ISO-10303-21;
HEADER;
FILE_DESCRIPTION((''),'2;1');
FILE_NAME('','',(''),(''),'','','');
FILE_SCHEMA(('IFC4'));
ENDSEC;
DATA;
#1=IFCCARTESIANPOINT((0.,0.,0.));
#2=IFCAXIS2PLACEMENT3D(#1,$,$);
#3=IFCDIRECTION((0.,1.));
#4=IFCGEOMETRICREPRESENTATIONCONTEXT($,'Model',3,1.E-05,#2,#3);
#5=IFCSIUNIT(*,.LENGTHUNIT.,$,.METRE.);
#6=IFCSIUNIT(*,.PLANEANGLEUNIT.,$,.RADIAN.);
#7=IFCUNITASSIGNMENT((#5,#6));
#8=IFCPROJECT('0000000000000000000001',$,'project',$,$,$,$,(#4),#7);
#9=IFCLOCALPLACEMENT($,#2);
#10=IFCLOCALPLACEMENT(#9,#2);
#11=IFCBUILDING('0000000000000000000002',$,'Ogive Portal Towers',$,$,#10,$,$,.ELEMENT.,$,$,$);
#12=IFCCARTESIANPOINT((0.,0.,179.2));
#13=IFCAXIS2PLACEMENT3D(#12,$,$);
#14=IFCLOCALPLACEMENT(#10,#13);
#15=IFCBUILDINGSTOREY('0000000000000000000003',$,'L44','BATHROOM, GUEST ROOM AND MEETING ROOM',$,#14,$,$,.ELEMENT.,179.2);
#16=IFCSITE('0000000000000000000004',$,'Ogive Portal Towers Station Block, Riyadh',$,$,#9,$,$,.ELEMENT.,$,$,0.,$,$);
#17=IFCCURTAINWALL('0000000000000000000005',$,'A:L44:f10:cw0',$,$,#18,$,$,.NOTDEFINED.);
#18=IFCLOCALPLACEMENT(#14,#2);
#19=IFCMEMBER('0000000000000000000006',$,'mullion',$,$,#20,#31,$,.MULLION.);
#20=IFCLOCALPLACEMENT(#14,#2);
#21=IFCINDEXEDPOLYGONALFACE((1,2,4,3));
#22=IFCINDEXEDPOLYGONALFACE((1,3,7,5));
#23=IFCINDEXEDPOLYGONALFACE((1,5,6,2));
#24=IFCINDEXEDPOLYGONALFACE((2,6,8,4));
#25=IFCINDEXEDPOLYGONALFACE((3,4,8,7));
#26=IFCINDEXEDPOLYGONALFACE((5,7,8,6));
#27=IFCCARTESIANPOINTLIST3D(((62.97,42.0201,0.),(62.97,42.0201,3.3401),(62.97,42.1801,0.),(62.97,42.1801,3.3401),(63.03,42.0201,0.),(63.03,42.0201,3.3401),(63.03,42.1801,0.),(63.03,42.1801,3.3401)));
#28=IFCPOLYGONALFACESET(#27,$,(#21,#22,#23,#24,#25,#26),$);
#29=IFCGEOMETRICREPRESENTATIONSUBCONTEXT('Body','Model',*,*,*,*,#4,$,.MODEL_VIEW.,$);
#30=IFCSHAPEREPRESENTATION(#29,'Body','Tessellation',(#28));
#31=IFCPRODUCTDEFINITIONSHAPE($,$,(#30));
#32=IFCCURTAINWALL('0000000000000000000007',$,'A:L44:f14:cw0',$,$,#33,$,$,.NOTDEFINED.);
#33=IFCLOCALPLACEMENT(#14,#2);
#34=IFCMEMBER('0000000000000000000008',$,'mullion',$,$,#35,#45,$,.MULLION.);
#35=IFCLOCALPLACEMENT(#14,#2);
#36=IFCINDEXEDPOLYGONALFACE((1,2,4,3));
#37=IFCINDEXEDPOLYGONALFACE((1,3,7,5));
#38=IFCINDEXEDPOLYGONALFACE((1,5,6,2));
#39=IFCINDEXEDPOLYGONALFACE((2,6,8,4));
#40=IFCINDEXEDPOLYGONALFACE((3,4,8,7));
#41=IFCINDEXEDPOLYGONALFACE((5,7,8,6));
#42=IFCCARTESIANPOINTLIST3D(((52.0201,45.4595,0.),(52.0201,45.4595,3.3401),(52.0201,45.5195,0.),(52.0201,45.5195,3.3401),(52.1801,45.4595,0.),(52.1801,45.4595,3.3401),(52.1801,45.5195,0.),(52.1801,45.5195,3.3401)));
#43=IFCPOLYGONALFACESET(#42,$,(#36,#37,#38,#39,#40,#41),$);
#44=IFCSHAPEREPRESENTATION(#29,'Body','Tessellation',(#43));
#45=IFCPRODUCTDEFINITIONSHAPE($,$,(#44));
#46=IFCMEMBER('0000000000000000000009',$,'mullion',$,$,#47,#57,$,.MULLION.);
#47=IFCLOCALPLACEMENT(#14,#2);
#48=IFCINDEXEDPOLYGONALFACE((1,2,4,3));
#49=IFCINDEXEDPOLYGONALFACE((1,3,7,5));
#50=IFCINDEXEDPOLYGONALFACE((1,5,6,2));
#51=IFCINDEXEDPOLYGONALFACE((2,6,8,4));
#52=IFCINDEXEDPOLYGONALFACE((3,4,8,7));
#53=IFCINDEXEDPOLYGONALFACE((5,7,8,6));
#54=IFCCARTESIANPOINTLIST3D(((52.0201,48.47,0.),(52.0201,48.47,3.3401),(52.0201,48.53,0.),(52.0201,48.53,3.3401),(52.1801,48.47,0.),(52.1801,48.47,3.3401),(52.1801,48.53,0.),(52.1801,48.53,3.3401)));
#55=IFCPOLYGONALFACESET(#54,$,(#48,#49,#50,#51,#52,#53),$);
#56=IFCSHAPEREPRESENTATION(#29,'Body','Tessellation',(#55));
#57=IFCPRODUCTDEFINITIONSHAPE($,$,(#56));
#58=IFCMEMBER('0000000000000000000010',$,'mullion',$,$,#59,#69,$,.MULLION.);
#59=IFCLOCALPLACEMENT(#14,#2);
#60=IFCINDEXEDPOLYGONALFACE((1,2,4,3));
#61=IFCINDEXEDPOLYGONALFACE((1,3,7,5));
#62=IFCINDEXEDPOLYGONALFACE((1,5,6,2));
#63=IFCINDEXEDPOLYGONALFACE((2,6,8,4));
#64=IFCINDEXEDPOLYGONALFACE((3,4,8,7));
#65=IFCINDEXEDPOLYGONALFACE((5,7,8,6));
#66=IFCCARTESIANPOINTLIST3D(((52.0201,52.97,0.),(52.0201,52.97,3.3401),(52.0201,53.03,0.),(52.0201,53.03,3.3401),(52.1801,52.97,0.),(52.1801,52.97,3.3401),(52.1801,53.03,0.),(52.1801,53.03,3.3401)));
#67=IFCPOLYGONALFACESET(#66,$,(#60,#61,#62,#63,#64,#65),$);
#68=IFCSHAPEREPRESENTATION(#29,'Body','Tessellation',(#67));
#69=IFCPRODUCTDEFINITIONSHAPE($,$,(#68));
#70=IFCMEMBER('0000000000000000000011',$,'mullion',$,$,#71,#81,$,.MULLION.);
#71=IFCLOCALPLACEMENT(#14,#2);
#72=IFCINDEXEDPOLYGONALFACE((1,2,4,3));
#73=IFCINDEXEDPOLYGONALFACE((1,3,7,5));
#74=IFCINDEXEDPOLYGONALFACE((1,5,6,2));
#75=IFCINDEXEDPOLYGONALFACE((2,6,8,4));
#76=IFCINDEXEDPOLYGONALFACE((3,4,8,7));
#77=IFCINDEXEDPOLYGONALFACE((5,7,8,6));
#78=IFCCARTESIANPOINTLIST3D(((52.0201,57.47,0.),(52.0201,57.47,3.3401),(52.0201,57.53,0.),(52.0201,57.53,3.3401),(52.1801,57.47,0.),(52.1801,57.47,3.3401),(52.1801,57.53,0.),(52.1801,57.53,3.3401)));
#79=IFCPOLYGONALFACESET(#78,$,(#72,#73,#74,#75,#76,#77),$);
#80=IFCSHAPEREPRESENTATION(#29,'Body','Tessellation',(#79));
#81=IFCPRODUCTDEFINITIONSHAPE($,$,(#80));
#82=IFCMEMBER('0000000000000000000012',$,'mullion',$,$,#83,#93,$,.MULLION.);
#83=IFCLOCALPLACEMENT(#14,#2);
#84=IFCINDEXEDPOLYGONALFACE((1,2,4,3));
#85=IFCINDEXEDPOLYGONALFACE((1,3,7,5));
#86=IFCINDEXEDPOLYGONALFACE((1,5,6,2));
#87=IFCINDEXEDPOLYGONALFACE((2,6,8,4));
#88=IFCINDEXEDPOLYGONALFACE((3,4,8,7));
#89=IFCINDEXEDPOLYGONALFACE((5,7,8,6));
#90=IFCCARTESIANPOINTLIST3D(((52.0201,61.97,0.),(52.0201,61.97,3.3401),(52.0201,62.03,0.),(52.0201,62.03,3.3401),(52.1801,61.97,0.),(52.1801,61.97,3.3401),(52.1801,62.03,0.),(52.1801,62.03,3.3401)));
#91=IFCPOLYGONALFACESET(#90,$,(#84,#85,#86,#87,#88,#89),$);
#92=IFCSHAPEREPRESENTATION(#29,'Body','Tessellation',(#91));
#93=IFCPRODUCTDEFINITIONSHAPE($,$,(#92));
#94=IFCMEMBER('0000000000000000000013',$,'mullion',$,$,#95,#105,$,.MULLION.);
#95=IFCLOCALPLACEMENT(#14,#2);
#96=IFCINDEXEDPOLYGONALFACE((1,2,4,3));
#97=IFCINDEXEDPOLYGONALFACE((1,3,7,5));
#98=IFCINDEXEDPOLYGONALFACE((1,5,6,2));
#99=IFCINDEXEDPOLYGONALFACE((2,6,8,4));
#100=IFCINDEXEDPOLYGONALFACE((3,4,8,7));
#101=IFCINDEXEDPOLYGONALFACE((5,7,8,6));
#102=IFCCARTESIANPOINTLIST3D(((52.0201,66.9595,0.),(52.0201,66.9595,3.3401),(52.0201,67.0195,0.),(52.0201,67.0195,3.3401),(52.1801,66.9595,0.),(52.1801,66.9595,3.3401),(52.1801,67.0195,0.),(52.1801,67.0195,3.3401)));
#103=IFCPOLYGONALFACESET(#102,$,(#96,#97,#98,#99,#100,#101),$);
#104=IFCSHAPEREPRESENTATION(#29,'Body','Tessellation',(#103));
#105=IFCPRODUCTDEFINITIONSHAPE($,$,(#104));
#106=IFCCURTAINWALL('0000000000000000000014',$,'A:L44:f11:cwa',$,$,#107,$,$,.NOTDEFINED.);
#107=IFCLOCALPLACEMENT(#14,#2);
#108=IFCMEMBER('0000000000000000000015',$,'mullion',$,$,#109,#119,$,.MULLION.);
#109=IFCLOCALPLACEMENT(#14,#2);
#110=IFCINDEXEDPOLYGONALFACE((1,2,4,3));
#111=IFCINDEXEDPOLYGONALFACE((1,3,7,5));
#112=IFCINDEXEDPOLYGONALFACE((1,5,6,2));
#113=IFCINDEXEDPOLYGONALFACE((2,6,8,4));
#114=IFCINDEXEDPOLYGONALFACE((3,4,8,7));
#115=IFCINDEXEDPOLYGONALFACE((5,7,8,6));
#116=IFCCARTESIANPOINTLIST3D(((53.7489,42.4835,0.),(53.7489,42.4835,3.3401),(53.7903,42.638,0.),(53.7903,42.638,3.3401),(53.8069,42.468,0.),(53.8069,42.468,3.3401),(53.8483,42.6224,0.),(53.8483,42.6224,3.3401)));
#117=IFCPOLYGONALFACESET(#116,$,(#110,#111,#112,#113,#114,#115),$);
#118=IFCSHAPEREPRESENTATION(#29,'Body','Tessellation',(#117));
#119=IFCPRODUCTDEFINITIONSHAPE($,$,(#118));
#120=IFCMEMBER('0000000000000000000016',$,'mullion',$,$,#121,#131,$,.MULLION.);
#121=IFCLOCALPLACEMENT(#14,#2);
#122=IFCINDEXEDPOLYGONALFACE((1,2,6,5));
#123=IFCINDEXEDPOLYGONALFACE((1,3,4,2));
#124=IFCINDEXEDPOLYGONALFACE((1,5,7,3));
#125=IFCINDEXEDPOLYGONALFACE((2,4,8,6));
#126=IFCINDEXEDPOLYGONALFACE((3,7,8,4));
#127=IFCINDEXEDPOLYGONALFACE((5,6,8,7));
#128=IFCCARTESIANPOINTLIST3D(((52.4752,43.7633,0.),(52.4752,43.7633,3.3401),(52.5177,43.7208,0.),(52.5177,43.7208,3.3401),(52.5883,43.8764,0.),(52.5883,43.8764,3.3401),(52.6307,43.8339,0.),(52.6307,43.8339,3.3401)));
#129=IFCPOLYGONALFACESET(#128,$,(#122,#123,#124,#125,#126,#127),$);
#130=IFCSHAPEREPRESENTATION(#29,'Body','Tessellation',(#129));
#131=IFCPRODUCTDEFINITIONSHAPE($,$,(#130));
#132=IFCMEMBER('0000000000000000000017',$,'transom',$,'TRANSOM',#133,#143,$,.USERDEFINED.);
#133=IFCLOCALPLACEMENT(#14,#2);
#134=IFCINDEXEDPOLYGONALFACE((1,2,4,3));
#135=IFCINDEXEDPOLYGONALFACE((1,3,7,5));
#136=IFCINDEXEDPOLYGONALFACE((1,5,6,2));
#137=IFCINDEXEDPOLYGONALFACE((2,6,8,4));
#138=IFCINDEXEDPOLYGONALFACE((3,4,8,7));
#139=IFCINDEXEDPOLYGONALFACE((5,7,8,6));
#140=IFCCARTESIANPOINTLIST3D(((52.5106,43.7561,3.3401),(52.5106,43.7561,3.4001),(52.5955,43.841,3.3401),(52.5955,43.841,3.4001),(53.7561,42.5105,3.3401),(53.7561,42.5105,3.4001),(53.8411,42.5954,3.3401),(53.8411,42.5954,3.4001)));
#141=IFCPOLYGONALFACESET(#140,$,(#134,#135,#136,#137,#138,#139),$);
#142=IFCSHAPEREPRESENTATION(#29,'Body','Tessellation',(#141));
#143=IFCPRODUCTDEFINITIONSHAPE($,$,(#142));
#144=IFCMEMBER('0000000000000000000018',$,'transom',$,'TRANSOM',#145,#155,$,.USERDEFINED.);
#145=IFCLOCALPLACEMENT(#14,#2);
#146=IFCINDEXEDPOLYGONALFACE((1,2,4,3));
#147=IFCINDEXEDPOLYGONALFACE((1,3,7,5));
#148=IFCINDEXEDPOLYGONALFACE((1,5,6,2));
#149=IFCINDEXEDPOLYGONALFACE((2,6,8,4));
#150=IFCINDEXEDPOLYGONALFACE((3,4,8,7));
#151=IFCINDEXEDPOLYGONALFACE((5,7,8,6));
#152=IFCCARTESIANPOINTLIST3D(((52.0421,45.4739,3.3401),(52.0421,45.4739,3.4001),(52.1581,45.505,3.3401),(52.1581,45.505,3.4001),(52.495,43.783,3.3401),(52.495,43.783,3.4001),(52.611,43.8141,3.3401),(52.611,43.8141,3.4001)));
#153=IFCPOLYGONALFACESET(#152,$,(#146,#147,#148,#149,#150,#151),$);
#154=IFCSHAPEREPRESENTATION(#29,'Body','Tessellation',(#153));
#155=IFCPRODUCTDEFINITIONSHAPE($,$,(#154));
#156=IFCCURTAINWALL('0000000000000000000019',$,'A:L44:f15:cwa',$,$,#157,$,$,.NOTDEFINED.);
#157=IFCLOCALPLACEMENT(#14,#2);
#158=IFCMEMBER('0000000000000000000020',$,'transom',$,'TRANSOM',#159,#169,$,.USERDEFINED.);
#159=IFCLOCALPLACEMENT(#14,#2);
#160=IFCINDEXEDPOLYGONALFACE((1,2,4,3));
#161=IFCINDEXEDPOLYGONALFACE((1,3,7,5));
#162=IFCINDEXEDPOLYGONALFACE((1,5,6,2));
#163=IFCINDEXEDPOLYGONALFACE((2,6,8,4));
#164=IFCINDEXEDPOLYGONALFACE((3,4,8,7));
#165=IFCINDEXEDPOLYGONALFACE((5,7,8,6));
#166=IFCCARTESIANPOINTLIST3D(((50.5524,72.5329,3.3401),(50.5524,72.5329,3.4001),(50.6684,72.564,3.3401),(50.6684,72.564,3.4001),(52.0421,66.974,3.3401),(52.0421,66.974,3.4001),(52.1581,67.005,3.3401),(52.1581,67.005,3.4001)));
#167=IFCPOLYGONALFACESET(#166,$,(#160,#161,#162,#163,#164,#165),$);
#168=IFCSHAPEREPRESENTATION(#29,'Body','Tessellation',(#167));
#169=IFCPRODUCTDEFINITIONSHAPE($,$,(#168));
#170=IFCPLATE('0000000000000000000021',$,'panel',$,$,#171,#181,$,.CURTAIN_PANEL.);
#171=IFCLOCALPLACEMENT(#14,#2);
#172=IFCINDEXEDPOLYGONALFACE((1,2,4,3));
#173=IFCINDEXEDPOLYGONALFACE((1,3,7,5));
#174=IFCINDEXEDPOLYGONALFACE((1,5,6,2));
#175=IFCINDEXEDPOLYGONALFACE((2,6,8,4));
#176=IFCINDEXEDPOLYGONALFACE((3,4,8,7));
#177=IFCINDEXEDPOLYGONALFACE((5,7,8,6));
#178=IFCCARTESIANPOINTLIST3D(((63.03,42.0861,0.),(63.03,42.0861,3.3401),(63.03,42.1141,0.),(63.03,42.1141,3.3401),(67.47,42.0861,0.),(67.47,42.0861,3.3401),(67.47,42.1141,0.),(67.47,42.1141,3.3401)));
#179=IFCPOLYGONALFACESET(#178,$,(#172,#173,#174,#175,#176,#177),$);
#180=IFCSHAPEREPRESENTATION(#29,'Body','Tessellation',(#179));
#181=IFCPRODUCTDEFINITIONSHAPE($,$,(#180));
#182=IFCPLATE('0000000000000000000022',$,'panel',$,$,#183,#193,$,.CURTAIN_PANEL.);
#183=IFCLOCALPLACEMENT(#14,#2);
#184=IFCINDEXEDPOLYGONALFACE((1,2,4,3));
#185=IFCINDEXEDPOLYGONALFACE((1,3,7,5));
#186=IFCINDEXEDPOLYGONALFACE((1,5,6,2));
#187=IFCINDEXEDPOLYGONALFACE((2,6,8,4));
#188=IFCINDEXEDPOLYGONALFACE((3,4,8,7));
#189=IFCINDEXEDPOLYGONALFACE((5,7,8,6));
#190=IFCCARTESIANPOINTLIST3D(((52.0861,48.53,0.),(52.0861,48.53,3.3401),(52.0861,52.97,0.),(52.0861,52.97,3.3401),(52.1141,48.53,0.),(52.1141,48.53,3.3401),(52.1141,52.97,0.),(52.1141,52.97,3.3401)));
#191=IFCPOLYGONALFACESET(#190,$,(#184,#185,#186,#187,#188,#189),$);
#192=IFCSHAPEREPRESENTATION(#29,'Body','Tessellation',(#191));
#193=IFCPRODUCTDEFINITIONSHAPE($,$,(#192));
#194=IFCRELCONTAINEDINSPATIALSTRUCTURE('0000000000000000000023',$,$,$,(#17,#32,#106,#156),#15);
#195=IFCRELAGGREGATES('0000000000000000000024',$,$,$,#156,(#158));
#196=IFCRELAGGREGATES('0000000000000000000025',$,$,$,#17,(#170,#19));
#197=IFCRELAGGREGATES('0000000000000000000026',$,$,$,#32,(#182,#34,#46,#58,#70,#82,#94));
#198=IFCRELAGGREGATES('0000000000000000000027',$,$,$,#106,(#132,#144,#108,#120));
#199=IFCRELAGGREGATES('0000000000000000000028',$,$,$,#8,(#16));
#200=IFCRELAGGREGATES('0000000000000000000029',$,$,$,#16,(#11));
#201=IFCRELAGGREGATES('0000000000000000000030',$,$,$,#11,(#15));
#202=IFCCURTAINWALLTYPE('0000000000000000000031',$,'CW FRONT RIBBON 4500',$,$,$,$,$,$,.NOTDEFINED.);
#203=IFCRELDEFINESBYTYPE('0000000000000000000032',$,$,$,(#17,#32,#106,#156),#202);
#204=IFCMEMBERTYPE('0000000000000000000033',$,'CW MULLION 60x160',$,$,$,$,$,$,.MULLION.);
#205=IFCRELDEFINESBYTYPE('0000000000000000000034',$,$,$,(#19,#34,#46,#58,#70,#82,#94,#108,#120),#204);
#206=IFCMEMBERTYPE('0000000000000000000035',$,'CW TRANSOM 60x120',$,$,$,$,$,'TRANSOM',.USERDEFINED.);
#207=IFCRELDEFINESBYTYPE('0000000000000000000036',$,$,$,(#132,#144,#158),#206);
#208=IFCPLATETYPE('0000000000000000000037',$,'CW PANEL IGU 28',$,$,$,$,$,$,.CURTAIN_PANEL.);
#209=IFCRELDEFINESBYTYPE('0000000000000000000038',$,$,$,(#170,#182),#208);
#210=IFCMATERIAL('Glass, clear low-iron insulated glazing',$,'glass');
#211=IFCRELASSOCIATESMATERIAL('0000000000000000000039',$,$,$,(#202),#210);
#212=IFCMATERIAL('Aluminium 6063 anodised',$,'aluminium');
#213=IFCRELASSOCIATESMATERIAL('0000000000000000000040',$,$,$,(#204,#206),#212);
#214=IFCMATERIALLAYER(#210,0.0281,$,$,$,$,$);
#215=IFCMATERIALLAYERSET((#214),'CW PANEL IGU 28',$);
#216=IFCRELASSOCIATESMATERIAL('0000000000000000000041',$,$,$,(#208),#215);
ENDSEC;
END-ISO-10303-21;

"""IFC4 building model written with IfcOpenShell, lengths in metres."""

from ifc_helpers import new_model, si_unit, direction, frame, origin, origin_2d, place, context, subcontext, project, spatial, rectangle, extrude, material, layer, layer_set, material_profile, profile_set, type_object, element, aggregate, save


model = new_model("IFC4")

# Units and contexts
model_context = context("Model", 3, precision=1e-05, world=origin(), true_north=direction((0.0, 1.0)))
body_context = subcontext(model_context, "Body", "Model", "MODEL_VIEW")
ifc_project = project(units=[si_unit("LENGTHUNIT", "METRE"), si_unit("PLANEANGLEUNIT", "RADIAN")], contexts=[model_context])

# Site, building, storey
site_placement = place(None, origin())
site = spatial("IfcSite", under=ifc_project, at=site_placement, Name="Ogive Portal Towers Station Block, Riyadh", CompositionType="ELEMENT", RefElevation=0.0)
building_placement = place(site_placement, origin())
building = spatial("IfcBuilding", under=site, at=building_placement, Name="Ogive Portal Towers", CompositionType="ELEMENT")
storey_placement = place(building_placement, frame((0.0, 0.0, 179.2)))
storey = spatial("IfcBuildingStorey", under=building, at=storey_placement, Name="L44", Description="BATHROOM, GUEST ROOM AND MEETING ROOM", CompositionType="ELEMENT", Elevation=179.2)

# Curtain wall, member
ifc_material_1 = material(Name="Glass, clear low-iron insulated glazing", Category="glass")
curtain_wall_type = type_object("IfcCurtainWallType", Name="CW FRONT RIBBON 4500", PredefinedType="NOTDEFINED", material=ifc_material_1)
curtain_wall_1_placement = place(storey_placement, origin())
curtain_wall_1 = element("IfcCurtainWall", 1, at=curtain_wall_1_placement, inside=storey, type_object=curtain_wall_type, Name="A:L44:f10:cw0", PredefinedType="NOTDEFINED")
ifc_material_2 = material(Name="Aluminium 6063 anodised", Category="aluminium")
ifc_material_profile_1 = material_profile(ifc_material_2, rectangle(XDim=0.1599, YDim=0.0601, at=origin_2d()), Name="AL 60x160")
ifc_profile_set_1 = profile_set([ifc_material_profile_1], Name="Aluminium 6063 anodised")
member_type_1 = type_object("IfcMemberType", Name="CW MULLION 60x160", PredefinedType="MULLION", material=ifc_profile_set_1)
member_1_placement = place(storey_placement, frame((63.0, 42.1001, 0.0), z_axis=(0.0, 0.0, 1.0), x_axis=(0.0, -1.0, 0.0)))
member_1 = element("IfcMember", 2, at=member_1_placement, type_object=member_type_1, Name="mullion", PredefinedType="MULLION", context=body_context, shape_type="SweptSolid", body=[
    extrude(rectangle(XDim=0.1599, YDim=0.0601, at=origin_2d()), origin(), (0.0, 0.0, 1.0), 3.3401),
])

# Curtain walls, members
curtain_wall_2_placement = place(storey_placement, origin())
curtain_wall_2 = element("IfcCurtainWall", 3, at=curtain_wall_2_placement, inside=storey, type_object=curtain_wall_type, Name="A:L44:f14:cw0", PredefinedType="NOTDEFINED")
member_2_placement = place(storey_placement, frame((52.1001, 45.4895, 0.0), z_axis=(0.0, 0.0, 1.0), x_axis=(-1.0, 0.0, 0.0)))
member_2 = element("IfcMember", 4, at=member_2_placement, type_object=member_type_1, Name="mullion", PredefinedType="MULLION", context=body_context, shape_type="SweptSolid", body=[
    extrude(rectangle(XDim=0.1599, YDim=0.0601, at=origin_2d()), origin(), (0.0, 0.0, 1.0), 3.3401),
])
member_3_placement = place(storey_placement, frame((52.1001, 48.5, 0.0), z_axis=(0.0, 0.0, 1.0), x_axis=(-1.0, 0.0, 0.0)))
member_3 = element("IfcMember", 5, at=member_3_placement, type_object=member_type_1, Name="mullion", PredefinedType="MULLION", context=body_context, shape_type="SweptSolid", body=[
    extrude(rectangle(XDim=0.1599, YDim=0.0601, at=origin_2d()), origin(), (0.0, 0.0, 1.0), 3.3401),
])
member_4_placement = place(storey_placement, frame((52.1001, 53.0, 0.0), z_axis=(0.0, 0.0, 1.0), x_axis=(-1.0, 0.0, 0.0)))
member_4 = element("IfcMember", 6, at=member_4_placement, type_object=member_type_1, Name="mullion", PredefinedType="MULLION", context=body_context, shape_type="SweptSolid", body=[
    extrude(rectangle(XDim=0.1599, YDim=0.0601, at=origin_2d()), origin(), (0.0, 0.0, 1.0), 3.3401),
])
member_5_placement = place(storey_placement, frame((52.1001, 57.5, 0.0), z_axis=(0.0, 0.0, 1.0), x_axis=(-1.0, 0.0, 0.0)))
member_5 = element("IfcMember", 7, at=member_5_placement, type_object=member_type_1, Name="mullion", PredefinedType="MULLION", context=body_context, shape_type="SweptSolid", body=[
    extrude(rectangle(XDim=0.1599, YDim=0.0601, at=origin_2d()), origin(), (0.0, 0.0, 1.0), 3.3401),
])
member_6_placement = place(storey_placement, frame((52.1001, 62.0, 0.0), z_axis=(0.0, 0.0, 1.0), x_axis=(-1.0, 0.0, 0.0)))
member_6 = element("IfcMember", 8, at=member_6_placement, type_object=member_type_1, Name="mullion", PredefinedType="MULLION", context=body_context, shape_type="SweptSolid", body=[
    extrude(rectangle(XDim=0.1599, YDim=0.0601, at=origin_2d()), origin(), (0.0, 0.0, 1.0), 3.3401),
])
member_7_placement = place(storey_placement, frame((52.1001, 66.9895, 0.0), z_axis=(0.0, 0.0, 1.0), x_axis=(-1.0, 0.0, 0.0)))
member_7 = element("IfcMember", 9, at=member_7_placement, type_object=member_type_1, Name="mullion", PredefinedType="MULLION", context=body_context, shape_type="SweptSolid", body=[
    extrude(rectangle(XDim=0.1599, YDim=0.0601, at=origin_2d()), origin(), (0.0, 0.0, 1.0), 3.3401),
])
curtain_wall_3_placement = place(storey_placement, origin())
curtain_wall_3 = element("IfcCurtainWall", 10, at=curtain_wall_3_placement, inside=storey, type_object=curtain_wall_type, Name="A:L44:f11:cwa", PredefinedType="NOTDEFINED")
member_8_placement = place(storey_placement, frame((53.7986, 42.553, 0.0), z_axis=(0.0, 0.0, 1.0), x_axis=(-0.258819, -0.965926, 0.0)))
member_8 = element("IfcMember", 11, at=member_8_placement, type_object=member_type_1, Name="mullion", PredefinedType="MULLION", context=body_context, shape_type="SweptSolid", body=[
    extrude(rectangle(XDim=0.1599, YDim=0.0601, at=origin_2d()), origin(), (0.0, 0.0, 1.0), 3.3401),
])
member_9_placement = place(storey_placement, frame((52.553, 43.7986, 0.0), z_axis=(0.0, 0.0, 1.0), x_axis=(-0.707107, -0.707107, 0.0)))
member_9 = element("IfcMember", 12, at=member_9_placement, type_object=member_type_1, Name="mullion", PredefinedType="MULLION", context=body_context, shape_type="SweptSolid", body=[
    extrude(rectangle(XDim=0.1599, YDim=0.0601, at=origin_2d()), origin(), (0.0, 0.0, 1.0), 3.3401),
])
ifc_material_profile_2 = material_profile(ifc_material_2, rectangle(XDim=0.1201, YDim=0.0601, at=origin_2d()), Name="AL 120x60")
ifc_profile_set_2 = profile_set([ifc_material_profile_2], Name="Aluminium 6063 anodised")
member_type_2 = type_object("IfcMemberType", Name="CW TRANSOM 60x120", ElementType="TRANSOM", PredefinedType="USERDEFINED", material=ifc_profile_set_2)
member_10_placement = place(storey_placement, frame((53.7986, 42.553, 3.3701), z_axis=(-0.707107, 0.707107, 0.0), x_axis=(-0.707107, -0.707107, 0.0)))
member_10 = element("IfcMember", 13, at=member_10_placement, type_object=member_type_2, Name="transom", ObjectType="TRANSOM", PredefinedType="USERDEFINED", context=body_context, shape_type="SweptSolid", body=[
    extrude(rectangle(XDim=0.1201, YDim=0.0601, at=origin_2d()), origin(), (0.0, 0.0, 1.0), 1.7615),
])
member_11_placement = place(storey_placement, frame((52.553, 43.7986, 3.3701), z_axis=(-0.258713, 0.965954, 0.0), x_axis=(-0.965954, -0.258713, 0.0)))
member_11 = element("IfcMember", 14, at=member_11_placement, type_object=member_type_2, Name="transom", ObjectType="TRANSOM", PredefinedType="USERDEFINED", context=body_context, shape_type="SweptSolid", body=[
    extrude(rectangle(XDim=0.1201, YDim=0.0601, at=origin_2d()), origin(), (0.0, 0.0, 1.0), 1.7505),
])

# Curtain wall, member
curtain_wall_4_placement = place(storey_placement, origin())
curtain_wall_4 = element("IfcCurtainWall", 15, at=curtain_wall_4_placement, inside=storey, type_object=curtain_wall_type, Name="A:L44:f15:cwa", PredefinedType="NOTDEFINED")
member_12_placement = place(storey_placement, frame((52.1001, 66.9895, 3.3701), z_axis=(-0.258851, 0.965917, 0.0), x_axis=(-0.965917, -0.258851, 0.0)))
member_12 = element("IfcMember", 16, at=member_12_placement, type_object=member_type_2, Name="transom", ObjectType="TRANSOM", PredefinedType="USERDEFINED", context=body_context, shape_type="SweptSolid", body=[
    extrude(rectangle(XDim=0.1201, YDim=0.0601, at=origin_2d()), origin(), (0.0, 0.0, 1.0), 5.7551),
])
aggregate(curtain_wall_4, [member_12])

# Plates
ifc_layer = layer(ifc_material_1, 0.0281)
ifc_layer_set = layer_set([ifc_layer], Name="CW PANEL IGU 28")
plate_type = type_object("IfcPlateType", Name="CW PANEL IGU 28", PredefinedType="CURTAIN_PANEL", material=ifc_layer_set)
plate_1_placement = place(storey_placement, frame((65.25, 42.1001, 0.0), z_axis=(0.0, 0.0, 1.0), x_axis=(-1.0, 0.0, 0.0)))
plate_1 = element("IfcPlate", 17, at=plate_1_placement, type_object=plate_type, Name="panel", PredefinedType="CURTAIN_PANEL", context=body_context, shape_type="SweptSolid", body=[
    extrude(rectangle(XDim=4.4399, YDim=0.0281, at=origin_2d()), origin(), (0.0, 0.0, 1.0), 3.3401),
])
aggregate(curtain_wall_1, [plate_1, member_1])
plate_2_placement = place(storey_placement, frame((52.1001, 50.75, 0.0), z_axis=(0.0, 0.0, 1.0), x_axis=(0.0, 1.0, 0.0)))
plate_2 = element("IfcPlate", 18, at=plate_2_placement, type_object=plate_type, Name="panel", PredefinedType="CURTAIN_PANEL", context=body_context, shape_type="SweptSolid", body=[
    extrude(rectangle(XDim=4.4399, YDim=0.0281, at=origin_2d()), origin(), (0.0, 0.0, 1.0), 3.3401),
])
aggregate(curtain_wall_2, [plate_2, member_2, member_3, member_4, member_5, member_6, member_7])
aggregate(curtain_wall_3, [member_10, member_11, member_8, member_9])

save(model, "model.ifc")
